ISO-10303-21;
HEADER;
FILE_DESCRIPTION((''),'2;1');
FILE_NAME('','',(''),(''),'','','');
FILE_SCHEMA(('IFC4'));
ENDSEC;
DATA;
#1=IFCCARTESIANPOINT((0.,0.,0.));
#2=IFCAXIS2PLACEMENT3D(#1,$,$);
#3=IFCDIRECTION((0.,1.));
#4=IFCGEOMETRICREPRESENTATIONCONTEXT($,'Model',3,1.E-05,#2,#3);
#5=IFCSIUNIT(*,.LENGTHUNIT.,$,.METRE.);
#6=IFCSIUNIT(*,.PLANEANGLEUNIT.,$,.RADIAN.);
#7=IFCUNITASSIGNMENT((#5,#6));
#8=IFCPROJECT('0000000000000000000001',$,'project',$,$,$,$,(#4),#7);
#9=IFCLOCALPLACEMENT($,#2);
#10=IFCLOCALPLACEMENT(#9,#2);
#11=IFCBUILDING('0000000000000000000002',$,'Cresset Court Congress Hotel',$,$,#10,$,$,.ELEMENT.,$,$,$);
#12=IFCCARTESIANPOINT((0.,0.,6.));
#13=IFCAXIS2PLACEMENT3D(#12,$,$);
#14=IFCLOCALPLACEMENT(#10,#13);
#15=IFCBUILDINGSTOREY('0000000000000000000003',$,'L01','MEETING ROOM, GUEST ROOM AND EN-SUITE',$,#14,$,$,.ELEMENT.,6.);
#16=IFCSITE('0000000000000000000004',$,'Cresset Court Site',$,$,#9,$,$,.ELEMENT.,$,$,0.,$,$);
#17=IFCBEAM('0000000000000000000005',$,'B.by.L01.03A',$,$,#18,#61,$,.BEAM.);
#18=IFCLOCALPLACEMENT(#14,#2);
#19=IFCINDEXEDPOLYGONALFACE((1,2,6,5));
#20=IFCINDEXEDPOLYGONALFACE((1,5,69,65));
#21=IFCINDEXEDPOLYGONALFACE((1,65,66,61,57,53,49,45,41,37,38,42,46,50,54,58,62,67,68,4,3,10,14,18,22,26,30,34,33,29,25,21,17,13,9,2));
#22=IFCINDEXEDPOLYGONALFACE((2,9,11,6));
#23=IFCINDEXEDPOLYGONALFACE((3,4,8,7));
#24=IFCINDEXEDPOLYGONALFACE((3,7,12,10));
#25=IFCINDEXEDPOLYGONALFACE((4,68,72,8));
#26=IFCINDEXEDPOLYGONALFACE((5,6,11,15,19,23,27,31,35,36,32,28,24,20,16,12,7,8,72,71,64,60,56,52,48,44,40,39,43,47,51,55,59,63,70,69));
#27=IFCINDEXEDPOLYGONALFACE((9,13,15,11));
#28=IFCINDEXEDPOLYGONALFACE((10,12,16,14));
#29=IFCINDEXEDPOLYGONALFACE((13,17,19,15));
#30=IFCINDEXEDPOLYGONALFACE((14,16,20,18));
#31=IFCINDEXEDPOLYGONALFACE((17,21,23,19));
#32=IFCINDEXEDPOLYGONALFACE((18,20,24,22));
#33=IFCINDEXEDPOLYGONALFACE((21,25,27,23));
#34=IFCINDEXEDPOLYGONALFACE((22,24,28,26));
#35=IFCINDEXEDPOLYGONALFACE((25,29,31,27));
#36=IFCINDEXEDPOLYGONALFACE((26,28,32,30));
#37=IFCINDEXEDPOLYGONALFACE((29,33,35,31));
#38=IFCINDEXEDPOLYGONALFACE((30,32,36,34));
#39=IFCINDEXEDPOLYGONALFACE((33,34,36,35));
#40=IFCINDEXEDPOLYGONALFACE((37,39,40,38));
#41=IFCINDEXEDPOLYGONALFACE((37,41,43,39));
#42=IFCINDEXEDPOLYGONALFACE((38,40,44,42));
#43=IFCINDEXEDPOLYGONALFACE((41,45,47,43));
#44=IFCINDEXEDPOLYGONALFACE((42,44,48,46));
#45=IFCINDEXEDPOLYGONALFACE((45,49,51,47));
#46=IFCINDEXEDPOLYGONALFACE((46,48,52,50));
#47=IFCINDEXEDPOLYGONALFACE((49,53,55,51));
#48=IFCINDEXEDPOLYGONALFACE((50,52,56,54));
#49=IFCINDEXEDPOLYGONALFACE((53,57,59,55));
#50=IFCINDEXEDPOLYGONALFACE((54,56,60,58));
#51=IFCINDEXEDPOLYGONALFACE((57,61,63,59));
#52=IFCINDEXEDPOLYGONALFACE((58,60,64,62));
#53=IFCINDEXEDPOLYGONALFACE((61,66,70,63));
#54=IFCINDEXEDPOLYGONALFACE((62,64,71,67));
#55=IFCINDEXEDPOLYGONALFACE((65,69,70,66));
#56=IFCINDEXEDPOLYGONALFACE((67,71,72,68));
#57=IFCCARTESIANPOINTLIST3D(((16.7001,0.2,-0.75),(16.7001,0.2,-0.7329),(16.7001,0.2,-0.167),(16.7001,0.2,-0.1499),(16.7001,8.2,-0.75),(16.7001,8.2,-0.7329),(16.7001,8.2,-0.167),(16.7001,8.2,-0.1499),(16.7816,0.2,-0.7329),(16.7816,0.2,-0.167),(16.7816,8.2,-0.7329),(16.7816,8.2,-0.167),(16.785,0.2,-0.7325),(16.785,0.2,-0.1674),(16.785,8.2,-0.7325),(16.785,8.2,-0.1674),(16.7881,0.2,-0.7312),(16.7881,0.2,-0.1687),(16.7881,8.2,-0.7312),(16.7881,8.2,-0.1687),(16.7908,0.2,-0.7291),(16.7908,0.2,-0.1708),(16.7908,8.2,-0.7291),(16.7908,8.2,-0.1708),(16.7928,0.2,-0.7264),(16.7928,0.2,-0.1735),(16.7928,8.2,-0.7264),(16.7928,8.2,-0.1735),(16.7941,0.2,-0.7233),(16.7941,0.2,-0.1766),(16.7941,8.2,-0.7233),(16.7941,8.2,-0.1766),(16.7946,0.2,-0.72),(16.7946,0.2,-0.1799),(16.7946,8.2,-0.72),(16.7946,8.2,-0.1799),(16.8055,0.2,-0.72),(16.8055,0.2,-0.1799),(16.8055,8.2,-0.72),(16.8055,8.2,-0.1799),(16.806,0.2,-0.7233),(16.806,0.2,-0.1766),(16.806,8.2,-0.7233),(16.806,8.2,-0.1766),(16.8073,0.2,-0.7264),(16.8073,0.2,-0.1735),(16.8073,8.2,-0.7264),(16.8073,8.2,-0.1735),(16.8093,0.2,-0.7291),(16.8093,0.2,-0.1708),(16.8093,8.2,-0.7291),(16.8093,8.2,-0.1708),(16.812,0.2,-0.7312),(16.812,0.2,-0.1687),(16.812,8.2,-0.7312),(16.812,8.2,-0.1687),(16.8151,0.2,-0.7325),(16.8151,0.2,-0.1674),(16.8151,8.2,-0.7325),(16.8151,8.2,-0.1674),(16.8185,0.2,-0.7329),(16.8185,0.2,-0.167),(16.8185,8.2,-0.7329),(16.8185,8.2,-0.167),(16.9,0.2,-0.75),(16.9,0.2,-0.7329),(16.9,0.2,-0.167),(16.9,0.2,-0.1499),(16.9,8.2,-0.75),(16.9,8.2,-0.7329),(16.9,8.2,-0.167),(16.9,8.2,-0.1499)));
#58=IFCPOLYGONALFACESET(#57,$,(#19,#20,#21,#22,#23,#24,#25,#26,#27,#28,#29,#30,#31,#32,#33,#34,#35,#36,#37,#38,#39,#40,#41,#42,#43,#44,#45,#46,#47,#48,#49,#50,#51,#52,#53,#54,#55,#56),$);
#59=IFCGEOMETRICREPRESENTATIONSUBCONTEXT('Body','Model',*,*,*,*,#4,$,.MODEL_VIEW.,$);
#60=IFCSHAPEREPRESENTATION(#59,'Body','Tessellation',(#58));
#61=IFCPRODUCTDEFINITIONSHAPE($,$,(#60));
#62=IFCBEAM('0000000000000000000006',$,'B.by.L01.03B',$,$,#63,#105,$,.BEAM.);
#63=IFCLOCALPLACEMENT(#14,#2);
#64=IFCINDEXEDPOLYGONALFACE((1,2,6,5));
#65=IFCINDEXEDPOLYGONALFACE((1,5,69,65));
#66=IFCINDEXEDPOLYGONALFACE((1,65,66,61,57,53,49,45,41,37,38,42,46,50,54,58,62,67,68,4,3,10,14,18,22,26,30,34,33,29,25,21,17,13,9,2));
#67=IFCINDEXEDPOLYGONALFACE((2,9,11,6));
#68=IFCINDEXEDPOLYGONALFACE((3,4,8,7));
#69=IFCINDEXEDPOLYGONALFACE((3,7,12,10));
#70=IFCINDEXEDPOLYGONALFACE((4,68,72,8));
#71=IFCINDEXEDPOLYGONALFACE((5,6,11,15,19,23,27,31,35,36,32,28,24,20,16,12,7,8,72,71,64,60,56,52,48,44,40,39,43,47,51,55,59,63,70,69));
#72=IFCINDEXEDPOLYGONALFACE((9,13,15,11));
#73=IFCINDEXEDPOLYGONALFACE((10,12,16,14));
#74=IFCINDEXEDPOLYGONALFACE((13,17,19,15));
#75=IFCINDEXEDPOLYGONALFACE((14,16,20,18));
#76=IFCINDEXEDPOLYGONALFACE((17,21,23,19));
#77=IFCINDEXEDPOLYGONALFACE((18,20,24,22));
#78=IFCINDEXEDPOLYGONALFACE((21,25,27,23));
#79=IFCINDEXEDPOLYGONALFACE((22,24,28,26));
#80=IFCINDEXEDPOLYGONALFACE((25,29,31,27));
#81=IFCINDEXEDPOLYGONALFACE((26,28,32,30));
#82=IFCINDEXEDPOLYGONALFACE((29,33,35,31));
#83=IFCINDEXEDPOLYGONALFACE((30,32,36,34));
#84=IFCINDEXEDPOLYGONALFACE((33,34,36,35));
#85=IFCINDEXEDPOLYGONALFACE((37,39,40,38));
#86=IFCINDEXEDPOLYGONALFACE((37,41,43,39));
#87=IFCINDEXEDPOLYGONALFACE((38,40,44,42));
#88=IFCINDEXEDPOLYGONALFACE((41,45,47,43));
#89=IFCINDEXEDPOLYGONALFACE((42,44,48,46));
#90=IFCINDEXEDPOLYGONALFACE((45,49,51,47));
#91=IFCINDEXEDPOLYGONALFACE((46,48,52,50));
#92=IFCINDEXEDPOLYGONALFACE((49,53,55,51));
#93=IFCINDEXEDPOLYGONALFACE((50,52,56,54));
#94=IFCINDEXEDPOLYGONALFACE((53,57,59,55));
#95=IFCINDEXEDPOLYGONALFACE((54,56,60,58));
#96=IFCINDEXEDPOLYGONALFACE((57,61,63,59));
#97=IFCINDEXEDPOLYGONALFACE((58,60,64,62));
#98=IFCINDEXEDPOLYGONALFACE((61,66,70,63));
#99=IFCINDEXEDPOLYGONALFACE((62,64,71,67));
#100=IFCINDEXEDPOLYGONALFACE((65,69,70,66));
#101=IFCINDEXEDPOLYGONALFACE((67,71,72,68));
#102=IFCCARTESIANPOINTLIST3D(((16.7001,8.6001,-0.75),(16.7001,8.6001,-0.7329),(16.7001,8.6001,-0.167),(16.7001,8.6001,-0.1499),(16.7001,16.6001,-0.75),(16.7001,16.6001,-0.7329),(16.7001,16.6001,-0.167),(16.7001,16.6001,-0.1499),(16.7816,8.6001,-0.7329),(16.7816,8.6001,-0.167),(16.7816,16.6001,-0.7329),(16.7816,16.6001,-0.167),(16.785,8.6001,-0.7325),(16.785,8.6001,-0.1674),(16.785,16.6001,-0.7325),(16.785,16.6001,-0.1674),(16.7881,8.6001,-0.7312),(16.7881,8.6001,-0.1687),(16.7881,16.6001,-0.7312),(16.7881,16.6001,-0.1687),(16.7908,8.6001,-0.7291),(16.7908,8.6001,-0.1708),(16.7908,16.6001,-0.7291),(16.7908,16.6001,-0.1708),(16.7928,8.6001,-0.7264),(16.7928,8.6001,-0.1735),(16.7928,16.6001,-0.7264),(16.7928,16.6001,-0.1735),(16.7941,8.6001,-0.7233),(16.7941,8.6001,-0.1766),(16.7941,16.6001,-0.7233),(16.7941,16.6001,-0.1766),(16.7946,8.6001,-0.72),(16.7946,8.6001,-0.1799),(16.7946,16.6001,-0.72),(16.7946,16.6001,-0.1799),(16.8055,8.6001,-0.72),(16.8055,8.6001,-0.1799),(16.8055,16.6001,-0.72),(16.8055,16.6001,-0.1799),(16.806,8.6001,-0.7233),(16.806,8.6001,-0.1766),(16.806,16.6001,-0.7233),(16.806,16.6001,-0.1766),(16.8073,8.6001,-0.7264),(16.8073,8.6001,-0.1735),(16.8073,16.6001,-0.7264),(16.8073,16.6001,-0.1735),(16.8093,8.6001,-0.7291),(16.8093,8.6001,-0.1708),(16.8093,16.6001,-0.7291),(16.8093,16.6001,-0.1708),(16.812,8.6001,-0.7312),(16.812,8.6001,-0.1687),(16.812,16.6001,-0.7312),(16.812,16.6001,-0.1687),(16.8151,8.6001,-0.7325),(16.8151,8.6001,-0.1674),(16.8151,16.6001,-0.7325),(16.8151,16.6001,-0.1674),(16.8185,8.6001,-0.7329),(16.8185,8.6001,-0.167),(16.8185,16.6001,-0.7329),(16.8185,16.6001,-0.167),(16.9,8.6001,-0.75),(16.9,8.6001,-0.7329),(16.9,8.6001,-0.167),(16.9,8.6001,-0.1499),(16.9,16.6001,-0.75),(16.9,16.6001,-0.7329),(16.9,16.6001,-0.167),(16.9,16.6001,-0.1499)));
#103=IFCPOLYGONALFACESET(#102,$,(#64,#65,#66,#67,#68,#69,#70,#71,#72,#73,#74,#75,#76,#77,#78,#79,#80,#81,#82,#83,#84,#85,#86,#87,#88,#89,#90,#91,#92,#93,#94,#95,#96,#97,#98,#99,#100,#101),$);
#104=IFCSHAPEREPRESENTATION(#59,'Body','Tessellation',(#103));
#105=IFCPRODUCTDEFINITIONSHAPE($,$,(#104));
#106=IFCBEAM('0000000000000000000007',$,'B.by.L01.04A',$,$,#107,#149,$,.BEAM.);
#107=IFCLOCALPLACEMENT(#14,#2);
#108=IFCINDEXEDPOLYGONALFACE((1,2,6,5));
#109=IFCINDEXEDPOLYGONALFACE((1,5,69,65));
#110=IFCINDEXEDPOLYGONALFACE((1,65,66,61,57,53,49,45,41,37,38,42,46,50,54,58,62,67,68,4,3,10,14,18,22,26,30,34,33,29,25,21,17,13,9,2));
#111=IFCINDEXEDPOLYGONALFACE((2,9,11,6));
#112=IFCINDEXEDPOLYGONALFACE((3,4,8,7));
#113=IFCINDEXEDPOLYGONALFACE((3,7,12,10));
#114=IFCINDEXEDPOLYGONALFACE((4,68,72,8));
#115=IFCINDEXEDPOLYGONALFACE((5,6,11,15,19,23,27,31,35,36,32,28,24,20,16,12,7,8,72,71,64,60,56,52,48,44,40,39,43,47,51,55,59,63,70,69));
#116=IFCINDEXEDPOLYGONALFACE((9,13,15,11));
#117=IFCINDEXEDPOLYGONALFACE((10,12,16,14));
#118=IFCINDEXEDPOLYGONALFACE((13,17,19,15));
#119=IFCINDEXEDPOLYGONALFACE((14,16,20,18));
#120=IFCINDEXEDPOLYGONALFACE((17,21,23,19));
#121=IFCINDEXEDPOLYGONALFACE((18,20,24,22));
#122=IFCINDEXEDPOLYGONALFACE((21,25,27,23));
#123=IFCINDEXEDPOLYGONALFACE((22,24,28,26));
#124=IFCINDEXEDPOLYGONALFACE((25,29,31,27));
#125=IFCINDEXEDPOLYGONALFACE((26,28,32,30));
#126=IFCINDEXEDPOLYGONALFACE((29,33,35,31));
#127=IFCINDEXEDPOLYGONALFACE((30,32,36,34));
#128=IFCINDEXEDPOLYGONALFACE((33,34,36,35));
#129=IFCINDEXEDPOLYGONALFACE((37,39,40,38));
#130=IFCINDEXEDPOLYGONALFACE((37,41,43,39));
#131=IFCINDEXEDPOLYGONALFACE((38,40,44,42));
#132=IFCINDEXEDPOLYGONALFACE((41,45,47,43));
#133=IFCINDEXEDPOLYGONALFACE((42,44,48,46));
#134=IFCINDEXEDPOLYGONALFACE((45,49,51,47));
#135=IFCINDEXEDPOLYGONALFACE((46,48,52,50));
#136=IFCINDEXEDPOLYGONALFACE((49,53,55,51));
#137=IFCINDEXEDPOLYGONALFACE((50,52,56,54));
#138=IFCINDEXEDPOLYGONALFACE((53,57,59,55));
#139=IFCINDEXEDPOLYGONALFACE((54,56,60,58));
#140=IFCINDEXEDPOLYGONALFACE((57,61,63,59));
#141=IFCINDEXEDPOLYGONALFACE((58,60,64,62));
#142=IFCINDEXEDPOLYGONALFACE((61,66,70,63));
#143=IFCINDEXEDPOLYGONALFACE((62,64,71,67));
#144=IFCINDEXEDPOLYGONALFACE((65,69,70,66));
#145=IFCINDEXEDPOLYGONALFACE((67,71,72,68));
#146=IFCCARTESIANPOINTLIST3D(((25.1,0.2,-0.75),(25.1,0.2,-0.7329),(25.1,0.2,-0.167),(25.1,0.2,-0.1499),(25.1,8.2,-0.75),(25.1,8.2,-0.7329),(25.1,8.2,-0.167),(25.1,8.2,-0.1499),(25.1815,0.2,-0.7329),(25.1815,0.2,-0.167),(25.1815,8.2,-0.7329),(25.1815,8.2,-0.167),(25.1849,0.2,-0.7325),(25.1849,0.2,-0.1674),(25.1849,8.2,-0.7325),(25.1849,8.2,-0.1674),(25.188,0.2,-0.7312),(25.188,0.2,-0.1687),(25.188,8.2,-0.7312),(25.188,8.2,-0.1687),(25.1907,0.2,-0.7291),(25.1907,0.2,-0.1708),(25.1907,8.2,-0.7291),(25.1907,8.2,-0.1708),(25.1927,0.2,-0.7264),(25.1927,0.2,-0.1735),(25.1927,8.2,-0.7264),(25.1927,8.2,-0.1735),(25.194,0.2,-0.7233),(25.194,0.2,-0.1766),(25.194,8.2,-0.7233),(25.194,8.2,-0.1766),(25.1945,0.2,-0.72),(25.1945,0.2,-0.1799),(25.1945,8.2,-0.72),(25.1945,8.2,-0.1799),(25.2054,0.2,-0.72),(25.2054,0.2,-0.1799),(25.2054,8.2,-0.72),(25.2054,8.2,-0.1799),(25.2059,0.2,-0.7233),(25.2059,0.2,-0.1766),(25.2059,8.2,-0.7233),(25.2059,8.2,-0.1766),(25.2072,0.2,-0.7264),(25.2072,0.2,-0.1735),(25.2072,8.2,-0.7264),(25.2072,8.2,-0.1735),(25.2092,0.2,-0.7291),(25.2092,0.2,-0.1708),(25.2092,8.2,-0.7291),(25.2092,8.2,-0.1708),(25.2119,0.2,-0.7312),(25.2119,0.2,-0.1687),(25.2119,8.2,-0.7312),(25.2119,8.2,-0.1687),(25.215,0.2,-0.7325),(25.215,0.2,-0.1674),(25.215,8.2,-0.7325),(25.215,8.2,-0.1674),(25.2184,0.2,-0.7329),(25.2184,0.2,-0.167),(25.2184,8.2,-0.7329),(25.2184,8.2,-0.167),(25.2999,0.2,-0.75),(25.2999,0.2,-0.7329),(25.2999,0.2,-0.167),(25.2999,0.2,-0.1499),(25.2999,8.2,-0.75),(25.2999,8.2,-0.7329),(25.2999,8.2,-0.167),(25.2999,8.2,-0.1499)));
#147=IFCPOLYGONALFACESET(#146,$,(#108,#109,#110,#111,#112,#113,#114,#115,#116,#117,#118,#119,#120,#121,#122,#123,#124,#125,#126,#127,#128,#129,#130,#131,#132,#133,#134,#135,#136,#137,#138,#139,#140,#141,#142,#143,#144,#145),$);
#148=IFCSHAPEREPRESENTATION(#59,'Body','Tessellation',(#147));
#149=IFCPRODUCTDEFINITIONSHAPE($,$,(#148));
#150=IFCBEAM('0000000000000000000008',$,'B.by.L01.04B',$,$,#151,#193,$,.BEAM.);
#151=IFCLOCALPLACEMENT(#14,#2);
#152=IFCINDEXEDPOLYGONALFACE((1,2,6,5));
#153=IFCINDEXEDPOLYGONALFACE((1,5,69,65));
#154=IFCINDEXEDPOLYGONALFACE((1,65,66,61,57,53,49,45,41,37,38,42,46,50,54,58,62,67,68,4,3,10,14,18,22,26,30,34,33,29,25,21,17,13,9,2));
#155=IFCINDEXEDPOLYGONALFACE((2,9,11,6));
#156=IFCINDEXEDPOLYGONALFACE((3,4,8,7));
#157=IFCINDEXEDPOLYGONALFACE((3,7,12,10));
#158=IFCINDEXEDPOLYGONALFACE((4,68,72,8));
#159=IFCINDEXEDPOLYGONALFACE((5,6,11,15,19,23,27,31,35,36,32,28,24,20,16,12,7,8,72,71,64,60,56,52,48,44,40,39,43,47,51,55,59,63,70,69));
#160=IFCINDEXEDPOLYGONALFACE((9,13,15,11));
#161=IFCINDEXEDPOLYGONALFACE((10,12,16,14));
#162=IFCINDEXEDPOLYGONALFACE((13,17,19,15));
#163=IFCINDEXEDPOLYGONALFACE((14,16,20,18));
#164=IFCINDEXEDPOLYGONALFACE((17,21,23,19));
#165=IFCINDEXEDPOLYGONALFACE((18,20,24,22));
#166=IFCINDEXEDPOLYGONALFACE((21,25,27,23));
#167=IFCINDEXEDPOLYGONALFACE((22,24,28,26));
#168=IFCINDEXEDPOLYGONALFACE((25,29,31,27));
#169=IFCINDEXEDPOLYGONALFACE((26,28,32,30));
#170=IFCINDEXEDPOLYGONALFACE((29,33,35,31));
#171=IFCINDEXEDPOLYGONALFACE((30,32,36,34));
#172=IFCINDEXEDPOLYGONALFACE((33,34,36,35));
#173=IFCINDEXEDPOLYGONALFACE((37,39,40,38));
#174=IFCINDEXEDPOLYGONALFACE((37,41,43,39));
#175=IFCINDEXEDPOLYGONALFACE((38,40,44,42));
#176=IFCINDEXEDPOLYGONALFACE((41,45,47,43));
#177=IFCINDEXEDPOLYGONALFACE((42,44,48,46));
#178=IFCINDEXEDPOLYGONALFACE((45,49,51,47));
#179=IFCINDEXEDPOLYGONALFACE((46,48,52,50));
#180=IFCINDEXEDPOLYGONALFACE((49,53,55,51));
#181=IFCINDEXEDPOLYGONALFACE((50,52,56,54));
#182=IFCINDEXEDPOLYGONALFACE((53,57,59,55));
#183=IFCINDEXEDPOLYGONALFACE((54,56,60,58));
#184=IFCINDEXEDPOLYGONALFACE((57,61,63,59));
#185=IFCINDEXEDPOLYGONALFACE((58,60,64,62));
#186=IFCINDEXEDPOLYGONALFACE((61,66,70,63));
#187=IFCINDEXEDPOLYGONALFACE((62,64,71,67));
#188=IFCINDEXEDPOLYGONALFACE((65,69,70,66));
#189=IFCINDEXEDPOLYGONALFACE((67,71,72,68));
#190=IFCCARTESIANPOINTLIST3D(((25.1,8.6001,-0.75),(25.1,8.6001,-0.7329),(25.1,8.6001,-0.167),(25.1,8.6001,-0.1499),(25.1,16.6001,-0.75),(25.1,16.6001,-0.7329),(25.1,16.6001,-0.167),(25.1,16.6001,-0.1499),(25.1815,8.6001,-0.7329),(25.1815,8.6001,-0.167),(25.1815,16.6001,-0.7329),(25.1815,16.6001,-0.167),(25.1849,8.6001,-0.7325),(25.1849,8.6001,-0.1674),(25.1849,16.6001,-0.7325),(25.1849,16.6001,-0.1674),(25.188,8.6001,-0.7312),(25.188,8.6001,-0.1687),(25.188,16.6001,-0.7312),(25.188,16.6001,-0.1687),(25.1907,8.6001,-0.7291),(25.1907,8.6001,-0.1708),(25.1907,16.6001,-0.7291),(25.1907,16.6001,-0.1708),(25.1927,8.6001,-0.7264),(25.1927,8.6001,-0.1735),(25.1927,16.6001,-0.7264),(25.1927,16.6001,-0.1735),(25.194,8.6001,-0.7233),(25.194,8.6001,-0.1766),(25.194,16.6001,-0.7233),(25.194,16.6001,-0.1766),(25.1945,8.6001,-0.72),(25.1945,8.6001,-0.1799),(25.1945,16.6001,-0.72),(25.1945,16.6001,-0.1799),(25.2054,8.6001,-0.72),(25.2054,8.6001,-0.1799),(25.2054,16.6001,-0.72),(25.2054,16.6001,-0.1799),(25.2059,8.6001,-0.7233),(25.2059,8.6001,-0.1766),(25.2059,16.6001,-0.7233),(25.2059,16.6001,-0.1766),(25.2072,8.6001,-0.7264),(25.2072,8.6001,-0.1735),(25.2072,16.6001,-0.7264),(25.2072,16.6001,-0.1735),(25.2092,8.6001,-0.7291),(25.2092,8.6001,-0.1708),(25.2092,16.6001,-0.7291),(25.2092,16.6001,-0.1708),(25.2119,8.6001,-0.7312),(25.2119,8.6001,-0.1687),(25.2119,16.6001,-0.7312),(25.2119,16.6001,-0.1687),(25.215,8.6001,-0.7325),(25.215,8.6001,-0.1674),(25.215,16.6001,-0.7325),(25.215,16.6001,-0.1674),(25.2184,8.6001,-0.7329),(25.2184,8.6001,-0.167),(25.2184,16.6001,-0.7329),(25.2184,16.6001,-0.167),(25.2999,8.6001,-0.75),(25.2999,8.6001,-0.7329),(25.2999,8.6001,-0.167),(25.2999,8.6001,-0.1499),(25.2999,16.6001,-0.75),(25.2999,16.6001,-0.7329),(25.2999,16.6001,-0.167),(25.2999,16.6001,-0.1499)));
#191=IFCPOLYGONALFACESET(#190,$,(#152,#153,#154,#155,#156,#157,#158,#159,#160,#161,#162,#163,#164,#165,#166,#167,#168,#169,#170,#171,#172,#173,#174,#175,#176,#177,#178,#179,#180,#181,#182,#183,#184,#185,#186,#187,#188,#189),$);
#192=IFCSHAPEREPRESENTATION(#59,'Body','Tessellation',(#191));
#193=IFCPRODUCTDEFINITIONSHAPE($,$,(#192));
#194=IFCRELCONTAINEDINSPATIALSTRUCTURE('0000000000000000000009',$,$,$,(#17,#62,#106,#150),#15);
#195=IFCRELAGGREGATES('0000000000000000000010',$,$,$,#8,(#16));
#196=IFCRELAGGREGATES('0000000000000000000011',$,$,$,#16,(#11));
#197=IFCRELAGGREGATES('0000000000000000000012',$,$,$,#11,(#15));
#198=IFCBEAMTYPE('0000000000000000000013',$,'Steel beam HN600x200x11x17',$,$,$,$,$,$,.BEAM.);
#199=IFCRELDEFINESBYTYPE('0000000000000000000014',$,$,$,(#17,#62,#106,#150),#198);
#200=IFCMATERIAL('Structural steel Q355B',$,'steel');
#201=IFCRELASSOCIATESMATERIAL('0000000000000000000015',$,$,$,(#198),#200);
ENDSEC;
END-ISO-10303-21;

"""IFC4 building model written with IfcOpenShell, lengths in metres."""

from ifc_helpers import new_model, si_unit, direction, frame, origin, origin_2d, place, context, subcontext, project, spatial, i_section, extrude, material, material_profile, profile_set, type_object, element, save


model = new_model("IFC4")

# Units and contexts
model_context = context("Model", 3, precision=1e-05, world=origin(), true_north=direction((0.0, 1.0)))
body_context = subcontext(model_context, "Body", "Model", "MODEL_VIEW")
ifc_project = project(units=[si_unit("LENGTHUNIT", "METRE"), si_unit("PLANEANGLEUNIT", "RADIAN")], contexts=[model_context])

# Site, building, storey
site_placement = place(None, origin())
site = spatial("IfcSite", under=ifc_project, at=site_placement, Name="Cresset Court Site", CompositionType="ELEMENT", RefElevation=0.0)
building_placement = place(site_placement, origin())
building = spatial("IfcBuilding", under=site, at=building_placement, Name="Cresset Court Congress Hotel", CompositionType="ELEMENT")
storey_placement = place(building_placement, frame((0.0, 0.0, 6.0)))
storey = spatial("IfcBuildingStorey", under=building, at=storey_placement, Name="L01", Description="MEETING ROOM, GUEST ROOM AND EN-SUITE", CompositionType="ELEMENT", Elevation=6.0)

# Beams
ifc_material_1 = material(Name="Structural steel Q355B", Category="steel")
ifc_material_profile_1 = material_profile(ifc_material_1, i_section(OverallWidth=0.2, OverallDepth=0.6001, WebThickness=0.011, FlangeThickness=0.0171, FilletRadius=0.0129, at=origin_2d()), Name="HN600x200x11x17")
ifc_profile_set_1 = profile_set([ifc_material_profile_1], Name="Structural steel Q355B")
beam_type_1 = type_object("IfcBeamType", Name="Steel beam HN600x200x11x17", PredefinedType="BEAM", material=ifc_profile_set_1)
for number, where, z_axis, x_axis, name in (
    (1, (16.8, 0.2, -0.45), (0.0, 1.0, 0.0), (-1.0, 0.0, 0.0), "B.by.L01.03A"),
    (2, (16.8, 8.6001, -0.45), (0.0, 1.0, 0.0), (-1.0, 0.0, 0.0), "B.by.L01.03B"),
    (3, (25.2, 0.2, -0.45), (0.0, 1.0, 0.0), (-1.0, 0.0, 0.0), "B.by.L01.04A"),
    (4, (25.2, 8.6001, -0.45), (0.0, 1.0, 0.0), (-1.0, 0.0, 0.0), "B.by.L01.04B"),
):
    element("IfcBeam", number, at=place(storey_placement, frame(where, z_axis=z_axis, x_axis=x_axis)), inside=storey, type_object=beam_type_1, Name=name, PredefinedType="BEAM", context=body_context, shape_type="SweptSolid", body=[
        extrude(i_section(OverallWidth=0.2, OverallDepth=0.6001, WebThickness=0.011, FlangeThickness=0.0171, FilletRadius=0.0129, at=origin_2d()), origin(), (0.0, 0.0, 1.0), 8.0),
    ])

save(model, "model.ifc")
